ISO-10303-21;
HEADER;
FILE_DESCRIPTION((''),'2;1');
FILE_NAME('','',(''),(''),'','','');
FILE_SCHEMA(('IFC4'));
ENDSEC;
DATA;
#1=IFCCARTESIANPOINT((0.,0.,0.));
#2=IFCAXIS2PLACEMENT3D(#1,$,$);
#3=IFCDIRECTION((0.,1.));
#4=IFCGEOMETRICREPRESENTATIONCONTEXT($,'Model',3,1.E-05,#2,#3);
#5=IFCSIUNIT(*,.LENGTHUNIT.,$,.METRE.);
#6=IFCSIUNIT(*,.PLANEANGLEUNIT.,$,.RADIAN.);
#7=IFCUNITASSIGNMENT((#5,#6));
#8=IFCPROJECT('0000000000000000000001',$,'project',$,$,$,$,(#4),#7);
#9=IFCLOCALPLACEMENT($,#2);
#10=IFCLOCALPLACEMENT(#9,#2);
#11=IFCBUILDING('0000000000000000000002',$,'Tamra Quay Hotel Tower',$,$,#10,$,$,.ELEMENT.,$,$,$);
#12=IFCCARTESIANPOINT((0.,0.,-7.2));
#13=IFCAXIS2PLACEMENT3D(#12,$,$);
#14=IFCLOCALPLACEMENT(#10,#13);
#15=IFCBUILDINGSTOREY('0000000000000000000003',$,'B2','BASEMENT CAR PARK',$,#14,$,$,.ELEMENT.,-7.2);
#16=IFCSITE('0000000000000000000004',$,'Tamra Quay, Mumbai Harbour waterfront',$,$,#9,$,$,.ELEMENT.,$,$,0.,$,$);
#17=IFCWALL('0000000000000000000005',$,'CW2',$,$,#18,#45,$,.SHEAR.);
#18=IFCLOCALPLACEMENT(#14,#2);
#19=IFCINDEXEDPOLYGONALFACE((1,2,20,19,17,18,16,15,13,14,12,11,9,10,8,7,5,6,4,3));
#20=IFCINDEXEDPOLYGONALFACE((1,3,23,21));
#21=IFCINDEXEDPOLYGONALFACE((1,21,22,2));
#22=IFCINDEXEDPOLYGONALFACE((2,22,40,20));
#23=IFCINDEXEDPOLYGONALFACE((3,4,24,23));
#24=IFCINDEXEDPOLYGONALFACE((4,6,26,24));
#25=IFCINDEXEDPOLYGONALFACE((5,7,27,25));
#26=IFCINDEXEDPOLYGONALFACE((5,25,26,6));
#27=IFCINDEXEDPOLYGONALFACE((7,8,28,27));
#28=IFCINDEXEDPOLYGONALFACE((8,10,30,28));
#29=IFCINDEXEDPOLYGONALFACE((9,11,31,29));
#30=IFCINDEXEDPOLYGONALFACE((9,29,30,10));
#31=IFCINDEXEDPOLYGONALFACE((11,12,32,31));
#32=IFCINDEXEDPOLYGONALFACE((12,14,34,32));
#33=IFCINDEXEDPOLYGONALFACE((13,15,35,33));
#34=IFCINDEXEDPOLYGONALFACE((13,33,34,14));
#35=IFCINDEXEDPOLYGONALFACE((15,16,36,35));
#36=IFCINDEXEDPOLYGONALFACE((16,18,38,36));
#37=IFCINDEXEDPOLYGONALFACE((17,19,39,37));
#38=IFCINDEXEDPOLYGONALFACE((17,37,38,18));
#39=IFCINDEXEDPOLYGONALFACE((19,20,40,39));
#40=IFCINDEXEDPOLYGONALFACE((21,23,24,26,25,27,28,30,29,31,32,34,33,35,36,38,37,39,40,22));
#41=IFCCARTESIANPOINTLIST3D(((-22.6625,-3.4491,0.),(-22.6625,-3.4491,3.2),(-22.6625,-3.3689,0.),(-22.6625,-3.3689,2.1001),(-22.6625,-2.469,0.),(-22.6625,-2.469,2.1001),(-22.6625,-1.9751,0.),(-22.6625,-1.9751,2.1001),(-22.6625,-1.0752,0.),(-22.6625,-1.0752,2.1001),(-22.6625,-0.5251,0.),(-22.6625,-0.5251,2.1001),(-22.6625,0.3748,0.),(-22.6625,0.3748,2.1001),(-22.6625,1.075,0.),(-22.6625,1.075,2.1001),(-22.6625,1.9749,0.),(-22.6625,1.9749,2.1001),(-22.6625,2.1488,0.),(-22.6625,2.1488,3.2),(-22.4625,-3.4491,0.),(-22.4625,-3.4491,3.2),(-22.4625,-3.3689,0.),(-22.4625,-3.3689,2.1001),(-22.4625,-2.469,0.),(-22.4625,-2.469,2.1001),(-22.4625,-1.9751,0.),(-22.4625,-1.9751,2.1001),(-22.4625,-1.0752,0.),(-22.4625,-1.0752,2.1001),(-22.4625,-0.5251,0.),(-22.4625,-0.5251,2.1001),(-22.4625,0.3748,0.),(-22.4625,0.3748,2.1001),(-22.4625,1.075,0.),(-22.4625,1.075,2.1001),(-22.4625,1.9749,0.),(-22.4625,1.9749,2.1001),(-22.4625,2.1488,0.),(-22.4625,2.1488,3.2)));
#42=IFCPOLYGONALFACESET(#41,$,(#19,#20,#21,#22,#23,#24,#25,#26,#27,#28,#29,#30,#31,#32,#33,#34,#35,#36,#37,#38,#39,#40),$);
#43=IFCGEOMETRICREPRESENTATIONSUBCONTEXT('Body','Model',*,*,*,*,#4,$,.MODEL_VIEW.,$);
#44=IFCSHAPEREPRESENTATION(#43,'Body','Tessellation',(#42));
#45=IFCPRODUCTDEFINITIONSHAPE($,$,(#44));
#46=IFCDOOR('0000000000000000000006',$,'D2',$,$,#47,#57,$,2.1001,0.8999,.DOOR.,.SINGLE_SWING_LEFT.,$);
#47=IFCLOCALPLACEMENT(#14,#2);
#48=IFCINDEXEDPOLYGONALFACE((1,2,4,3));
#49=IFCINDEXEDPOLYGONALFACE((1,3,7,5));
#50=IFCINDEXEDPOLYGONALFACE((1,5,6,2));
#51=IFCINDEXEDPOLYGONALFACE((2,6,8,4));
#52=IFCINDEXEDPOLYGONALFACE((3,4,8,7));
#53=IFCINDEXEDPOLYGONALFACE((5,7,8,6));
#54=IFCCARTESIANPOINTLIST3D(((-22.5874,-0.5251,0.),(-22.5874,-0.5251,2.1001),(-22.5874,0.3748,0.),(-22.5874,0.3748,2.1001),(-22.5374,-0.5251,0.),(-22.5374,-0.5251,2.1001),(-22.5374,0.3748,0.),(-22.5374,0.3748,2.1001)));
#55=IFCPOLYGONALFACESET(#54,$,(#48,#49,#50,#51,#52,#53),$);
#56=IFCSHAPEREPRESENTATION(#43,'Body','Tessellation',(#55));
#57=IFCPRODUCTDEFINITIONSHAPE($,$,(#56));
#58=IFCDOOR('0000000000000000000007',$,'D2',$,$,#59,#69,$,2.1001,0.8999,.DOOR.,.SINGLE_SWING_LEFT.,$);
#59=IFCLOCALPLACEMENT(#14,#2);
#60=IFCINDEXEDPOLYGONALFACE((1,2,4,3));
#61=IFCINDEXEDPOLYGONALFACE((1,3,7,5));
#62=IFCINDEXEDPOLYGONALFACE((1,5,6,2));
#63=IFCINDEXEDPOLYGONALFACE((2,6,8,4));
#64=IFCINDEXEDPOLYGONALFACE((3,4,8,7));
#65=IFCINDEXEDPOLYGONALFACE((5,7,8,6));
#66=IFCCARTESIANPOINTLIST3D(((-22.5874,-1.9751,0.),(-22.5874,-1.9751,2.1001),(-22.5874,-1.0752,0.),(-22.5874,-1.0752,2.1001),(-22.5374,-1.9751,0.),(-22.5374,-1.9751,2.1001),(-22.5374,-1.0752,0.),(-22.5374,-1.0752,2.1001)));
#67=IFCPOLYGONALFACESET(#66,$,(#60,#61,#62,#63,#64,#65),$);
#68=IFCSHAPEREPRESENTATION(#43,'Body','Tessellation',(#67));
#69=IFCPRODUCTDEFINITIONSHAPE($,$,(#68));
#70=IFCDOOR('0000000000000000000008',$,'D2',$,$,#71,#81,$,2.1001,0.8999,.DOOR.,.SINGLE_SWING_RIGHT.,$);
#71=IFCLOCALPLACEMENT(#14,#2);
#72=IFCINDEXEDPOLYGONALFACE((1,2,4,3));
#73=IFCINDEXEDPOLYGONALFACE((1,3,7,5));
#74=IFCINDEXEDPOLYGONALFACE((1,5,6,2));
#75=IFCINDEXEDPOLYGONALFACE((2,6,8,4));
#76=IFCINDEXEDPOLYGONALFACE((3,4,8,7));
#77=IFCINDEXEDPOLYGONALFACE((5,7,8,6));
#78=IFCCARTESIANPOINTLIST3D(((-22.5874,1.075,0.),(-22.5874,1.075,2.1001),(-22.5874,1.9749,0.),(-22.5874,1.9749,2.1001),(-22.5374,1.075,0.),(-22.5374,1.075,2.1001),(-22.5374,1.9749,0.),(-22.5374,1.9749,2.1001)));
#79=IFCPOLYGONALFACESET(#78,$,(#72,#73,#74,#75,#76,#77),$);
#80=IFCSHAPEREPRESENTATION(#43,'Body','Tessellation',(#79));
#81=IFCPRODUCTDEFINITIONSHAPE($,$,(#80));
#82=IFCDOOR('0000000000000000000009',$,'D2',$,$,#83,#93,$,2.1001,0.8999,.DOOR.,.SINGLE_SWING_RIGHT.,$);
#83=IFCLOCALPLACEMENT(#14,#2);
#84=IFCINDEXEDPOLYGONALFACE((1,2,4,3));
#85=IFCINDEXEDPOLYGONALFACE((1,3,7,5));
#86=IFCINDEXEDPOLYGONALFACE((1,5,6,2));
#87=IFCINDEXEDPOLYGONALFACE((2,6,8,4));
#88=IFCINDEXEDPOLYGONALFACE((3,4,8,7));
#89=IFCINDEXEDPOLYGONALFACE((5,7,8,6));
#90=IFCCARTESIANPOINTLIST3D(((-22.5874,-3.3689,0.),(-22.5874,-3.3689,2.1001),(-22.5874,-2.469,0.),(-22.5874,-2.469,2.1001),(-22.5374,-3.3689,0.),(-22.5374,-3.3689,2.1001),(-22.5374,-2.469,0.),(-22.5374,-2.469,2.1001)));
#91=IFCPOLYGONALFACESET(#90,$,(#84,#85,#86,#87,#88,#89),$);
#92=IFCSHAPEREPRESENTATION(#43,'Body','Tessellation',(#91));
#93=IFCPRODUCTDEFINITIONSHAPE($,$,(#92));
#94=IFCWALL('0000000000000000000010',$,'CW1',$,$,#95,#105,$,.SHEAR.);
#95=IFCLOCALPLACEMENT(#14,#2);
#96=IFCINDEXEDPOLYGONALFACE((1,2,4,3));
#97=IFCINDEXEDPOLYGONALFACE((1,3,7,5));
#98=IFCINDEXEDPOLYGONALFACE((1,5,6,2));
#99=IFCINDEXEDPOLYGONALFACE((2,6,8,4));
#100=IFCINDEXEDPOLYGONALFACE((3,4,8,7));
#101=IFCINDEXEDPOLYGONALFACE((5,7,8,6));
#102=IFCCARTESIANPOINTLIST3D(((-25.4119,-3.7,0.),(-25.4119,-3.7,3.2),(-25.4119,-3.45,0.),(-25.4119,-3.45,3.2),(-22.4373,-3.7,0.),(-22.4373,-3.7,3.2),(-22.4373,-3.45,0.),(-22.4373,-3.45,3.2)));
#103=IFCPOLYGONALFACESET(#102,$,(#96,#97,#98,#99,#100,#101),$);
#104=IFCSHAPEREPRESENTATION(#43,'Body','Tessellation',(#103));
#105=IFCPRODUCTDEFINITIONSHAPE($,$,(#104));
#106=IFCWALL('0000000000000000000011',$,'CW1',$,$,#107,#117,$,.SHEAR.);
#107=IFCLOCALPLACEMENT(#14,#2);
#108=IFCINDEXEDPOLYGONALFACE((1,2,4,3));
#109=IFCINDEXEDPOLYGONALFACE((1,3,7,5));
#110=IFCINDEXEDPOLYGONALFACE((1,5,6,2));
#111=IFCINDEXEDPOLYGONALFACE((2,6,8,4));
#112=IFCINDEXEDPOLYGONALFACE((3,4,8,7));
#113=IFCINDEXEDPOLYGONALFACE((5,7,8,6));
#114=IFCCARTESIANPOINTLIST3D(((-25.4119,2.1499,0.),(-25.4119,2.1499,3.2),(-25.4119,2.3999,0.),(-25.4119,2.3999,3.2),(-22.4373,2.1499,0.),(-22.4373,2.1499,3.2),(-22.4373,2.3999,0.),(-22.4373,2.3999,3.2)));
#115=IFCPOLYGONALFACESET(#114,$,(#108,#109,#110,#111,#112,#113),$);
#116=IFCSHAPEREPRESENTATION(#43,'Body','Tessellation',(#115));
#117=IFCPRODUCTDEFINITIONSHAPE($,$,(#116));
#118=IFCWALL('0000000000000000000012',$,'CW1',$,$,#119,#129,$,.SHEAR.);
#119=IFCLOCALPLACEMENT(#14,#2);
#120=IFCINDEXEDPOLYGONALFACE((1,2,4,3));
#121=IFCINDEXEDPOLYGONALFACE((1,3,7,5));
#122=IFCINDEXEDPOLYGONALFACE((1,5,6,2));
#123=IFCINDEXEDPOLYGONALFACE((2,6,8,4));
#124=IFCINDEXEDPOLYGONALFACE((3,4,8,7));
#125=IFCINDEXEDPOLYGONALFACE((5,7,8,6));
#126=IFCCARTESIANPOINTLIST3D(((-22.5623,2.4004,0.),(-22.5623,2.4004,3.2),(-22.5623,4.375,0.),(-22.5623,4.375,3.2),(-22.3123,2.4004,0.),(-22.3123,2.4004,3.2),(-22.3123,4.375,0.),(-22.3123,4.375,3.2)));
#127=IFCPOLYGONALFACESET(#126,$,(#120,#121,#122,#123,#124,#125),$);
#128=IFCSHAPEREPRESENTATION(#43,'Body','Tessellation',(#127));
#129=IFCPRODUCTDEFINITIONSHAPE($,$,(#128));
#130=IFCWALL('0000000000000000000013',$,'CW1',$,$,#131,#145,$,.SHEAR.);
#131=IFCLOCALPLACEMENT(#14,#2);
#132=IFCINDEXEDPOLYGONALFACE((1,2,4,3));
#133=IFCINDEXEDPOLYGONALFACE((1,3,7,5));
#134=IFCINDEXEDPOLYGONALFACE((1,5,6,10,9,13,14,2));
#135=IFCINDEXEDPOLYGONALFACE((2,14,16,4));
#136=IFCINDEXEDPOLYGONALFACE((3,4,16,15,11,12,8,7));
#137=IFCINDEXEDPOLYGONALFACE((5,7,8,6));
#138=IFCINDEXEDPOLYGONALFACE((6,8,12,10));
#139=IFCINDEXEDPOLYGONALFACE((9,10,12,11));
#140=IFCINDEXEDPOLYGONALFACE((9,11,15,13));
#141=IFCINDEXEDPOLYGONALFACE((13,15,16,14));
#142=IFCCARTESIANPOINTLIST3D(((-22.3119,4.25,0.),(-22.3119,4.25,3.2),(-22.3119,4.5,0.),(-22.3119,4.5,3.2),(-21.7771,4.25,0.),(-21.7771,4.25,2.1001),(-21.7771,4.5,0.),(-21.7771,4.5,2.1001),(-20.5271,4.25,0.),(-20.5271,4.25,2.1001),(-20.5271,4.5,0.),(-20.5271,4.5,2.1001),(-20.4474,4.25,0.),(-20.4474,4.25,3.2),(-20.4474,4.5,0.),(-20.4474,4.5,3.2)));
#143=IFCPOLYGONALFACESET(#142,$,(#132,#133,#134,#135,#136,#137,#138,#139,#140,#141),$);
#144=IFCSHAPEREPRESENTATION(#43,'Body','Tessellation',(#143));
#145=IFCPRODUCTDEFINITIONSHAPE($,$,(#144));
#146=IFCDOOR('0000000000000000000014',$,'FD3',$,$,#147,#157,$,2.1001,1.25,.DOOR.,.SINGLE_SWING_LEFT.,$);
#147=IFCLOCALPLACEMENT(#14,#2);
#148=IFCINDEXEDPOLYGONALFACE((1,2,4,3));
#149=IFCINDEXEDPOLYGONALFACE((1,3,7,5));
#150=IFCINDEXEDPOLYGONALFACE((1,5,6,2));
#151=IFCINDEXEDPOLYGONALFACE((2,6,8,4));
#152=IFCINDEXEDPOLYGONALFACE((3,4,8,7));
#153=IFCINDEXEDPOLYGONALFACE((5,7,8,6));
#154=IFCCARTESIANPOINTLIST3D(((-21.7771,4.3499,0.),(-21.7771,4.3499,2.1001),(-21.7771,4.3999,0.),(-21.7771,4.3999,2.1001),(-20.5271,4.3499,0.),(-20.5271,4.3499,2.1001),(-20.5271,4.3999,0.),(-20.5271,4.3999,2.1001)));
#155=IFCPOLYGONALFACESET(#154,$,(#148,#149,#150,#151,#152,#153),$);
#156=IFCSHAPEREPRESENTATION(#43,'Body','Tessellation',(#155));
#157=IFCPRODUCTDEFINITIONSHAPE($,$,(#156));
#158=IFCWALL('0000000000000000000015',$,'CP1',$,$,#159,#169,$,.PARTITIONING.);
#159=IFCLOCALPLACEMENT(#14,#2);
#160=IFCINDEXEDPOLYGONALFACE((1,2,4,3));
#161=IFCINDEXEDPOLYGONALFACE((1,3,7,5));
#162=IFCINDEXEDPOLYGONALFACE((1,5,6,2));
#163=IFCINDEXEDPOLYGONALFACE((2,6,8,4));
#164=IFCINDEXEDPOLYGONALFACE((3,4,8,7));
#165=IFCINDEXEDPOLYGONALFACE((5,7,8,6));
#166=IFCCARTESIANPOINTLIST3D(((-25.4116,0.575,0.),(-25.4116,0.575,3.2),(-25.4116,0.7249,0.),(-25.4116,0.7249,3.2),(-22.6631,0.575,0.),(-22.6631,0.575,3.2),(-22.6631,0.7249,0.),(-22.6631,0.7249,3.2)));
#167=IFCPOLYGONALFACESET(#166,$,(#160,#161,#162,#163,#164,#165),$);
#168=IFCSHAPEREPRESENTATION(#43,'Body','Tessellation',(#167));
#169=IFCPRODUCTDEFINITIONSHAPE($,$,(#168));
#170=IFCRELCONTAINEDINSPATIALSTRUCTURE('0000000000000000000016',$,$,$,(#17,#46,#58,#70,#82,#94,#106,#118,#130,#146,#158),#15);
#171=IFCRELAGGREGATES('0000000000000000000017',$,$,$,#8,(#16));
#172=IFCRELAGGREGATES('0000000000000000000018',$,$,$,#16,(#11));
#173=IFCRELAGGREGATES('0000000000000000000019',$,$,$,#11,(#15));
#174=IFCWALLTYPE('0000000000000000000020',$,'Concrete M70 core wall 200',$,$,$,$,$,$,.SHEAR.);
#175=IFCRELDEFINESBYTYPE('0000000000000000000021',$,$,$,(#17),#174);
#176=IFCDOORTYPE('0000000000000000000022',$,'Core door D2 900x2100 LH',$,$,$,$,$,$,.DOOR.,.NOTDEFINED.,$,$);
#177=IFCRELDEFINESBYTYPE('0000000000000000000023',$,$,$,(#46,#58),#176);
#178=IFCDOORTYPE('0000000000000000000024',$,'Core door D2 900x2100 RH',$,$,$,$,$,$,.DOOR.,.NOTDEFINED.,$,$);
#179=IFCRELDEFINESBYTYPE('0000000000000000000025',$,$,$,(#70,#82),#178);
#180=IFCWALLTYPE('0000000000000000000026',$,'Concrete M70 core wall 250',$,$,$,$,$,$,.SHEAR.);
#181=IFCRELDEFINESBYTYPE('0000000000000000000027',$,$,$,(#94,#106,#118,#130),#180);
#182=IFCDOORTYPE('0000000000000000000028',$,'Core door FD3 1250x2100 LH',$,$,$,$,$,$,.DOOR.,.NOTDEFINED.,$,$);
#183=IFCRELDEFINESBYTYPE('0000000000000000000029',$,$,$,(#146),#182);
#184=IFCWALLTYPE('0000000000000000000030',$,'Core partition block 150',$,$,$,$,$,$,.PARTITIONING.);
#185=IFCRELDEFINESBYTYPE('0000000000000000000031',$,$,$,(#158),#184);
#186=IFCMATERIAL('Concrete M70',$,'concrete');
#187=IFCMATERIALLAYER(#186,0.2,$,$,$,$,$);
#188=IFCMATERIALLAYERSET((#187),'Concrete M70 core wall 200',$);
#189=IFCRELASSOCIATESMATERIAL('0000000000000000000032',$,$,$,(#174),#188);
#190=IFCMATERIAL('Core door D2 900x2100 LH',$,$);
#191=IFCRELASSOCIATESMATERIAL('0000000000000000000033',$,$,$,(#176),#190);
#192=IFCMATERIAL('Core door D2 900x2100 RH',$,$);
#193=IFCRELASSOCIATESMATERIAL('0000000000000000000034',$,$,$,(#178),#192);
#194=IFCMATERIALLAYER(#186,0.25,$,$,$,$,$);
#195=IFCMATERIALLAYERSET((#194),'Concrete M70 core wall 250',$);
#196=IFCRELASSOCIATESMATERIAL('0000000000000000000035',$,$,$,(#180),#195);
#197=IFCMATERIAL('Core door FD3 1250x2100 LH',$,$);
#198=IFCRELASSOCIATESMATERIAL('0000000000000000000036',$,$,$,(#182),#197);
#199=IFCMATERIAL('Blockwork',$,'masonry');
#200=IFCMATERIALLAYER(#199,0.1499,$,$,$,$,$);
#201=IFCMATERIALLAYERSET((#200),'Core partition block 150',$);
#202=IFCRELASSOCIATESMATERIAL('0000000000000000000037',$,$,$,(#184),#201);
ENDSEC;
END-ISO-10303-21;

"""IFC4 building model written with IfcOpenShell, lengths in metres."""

from ifc_helpers import new_model, si_unit, direction, frame, frame_2d, origin, place, context, subcontext, project, spatial, rectangle, extrude, material, layer, layer_set, type_object, element, fill, save


model = new_model("IFC4")

# Units and contexts
model_context = context("Model", 3, precision=1e-05, world=origin(), true_north=direction((0.0, 1.0)))
body_context = subcontext(model_context, "Body", "Model", "MODEL_VIEW")
ifc_project = project(units=[si_unit("LENGTHUNIT", "METRE"), si_unit("PLANEANGLEUNIT", "RADIAN")], contexts=[model_context])

# Site, building, storey
site_placement = place(None, origin())
site = spatial("IfcSite", under=ifc_project, at=site_placement, Name="Tamra Quay, Mumbai Harbour waterfront", CompositionType="ELEMENT", RefElevation=0.0)
building_placement = place(site_placement, origin())
building = spatial("IfcBuilding", under=site, at=building_placement, Name="Tamra Quay Hotel Tower", CompositionType="ELEMENT")
storey_placement = place(building_placement, frame((0.0, 0.0, -7.2)))
storey = spatial("IfcBuildingStorey", under=building, at=storey_placement, Name="B2", Description="BASEMENT CAR PARK", CompositionType="ELEMENT", Elevation=-7.2)

# Shared definitions
ifc_material_1 = material(Name="Concrete M70", Category="concrete")

# Shared definitions
ifc_material_2 = material(Name="Blockwork", Category="masonry")

# Wall, openings, doors
ifc_layer_1 = layer(ifc_material_1, 0.2)
ifc_layer_set_1 = layer_set([ifc_layer_1], Name="Concrete M70 core wall 200")
wall_type_1 = type_object("IfcWallType", Name="Concrete M70 core wall 200", PredefinedType="SHEAR", material=ifc_layer_set_1)
wall_1_placement = place(storey_placement, frame((-22.5625, -3.449, 0.0), z_axis=(0.0, 0.0, 1.0), x_axis=(0.0, 1.0, 0.0)))
wall_1 = element("IfcWall", 1, at=wall_1_placement, inside=storey, type_object=wall_type_1, Name="CW2", PredefinedType="SHEAR", context=body_context, shape_type="SweptSolid", body=[
    extrude(rectangle(XDim=5.5979, YDim=0.2, at=frame_2d((2.7988, 0.0))), origin(), (0.0, 0.0, 1.0), 3.2),
])
opening_1_placement = place(wall_1_placement, frame((4.5239, 0.0, 0.0)))
opening_1 = element("IfcOpeningElement", 2, at=opening_1_placement, cuts=wall_1, PredefinedType="OPENING", context=body_context, shape_type="SweptSolid", body=[
    extrude(rectangle(XDim=0.8999, YDim=2.1001, at=frame_2d((0.45, 1.05))), frame((0.0, 0.1099, 0.0), z_axis=(0.0, -1.0, 0.0), x_axis=(1.0, 0.0, 0.0)), (0.0, 0.0, 1.0), 0.22),
])
opening_2_placement = place(wall_1_placement, frame((2.9238, 0.0, 0.0)))
opening_2 = element("IfcOpeningElement", 3, at=opening_2_placement, cuts=wall_1, PredefinedType="OPENING", context=body_context, shape_type="SweptSolid", body=[
    extrude(rectangle(XDim=0.8999, YDim=2.1001, at=frame_2d((0.45, 1.05))), frame((0.0, 0.1099, 0.0), z_axis=(0.0, -1.0, 0.0), x_axis=(1.0, 0.0, 0.0)), (0.0, 0.0, 1.0), 0.22),
])
opening_3_placement = place(wall_1_placement, frame((1.4739, 0.0, 0.0)))
opening_3 = element("IfcOpeningElement", 4, at=opening_3_placement, cuts=wall_1, PredefinedType="OPENING", context=body_context, shape_type="SweptSolid", body=[
    extrude(rectangle(XDim=0.8999, YDim=2.1001, at=frame_2d((0.45, 1.05))), frame((0.0, 0.1099, 0.0), z_axis=(0.0, -1.0, 0.0), x_axis=(1.0, 0.0, 0.0)), (0.0, 0.0, 1.0), 0.22),
])
opening_4_placement = place(wall_1_placement, frame((0.0801, 0.0, 0.0)))
opening_4 = element("IfcOpeningElement", 5, at=opening_4_placement, cuts=wall_1, PredefinedType="OPENING", context=body_context, shape_type="SweptSolid", body=[
    extrude(rectangle(XDim=0.8999, YDim=2.1001, at=frame_2d((0.45, 1.05))), frame((0.0, 0.1099, 0.0), z_axis=(0.0, -1.0, 0.0), x_axis=(1.0, 0.0, 0.0)), (0.0, 0.0, 1.0), 0.22),
])
ifc_material_3 = material(Name="Core door D2 900x2100 LH")
door_type_1 = type_object("IfcDoorType", Name="Core door D2 900x2100 LH", OperationType="NOTDEFINED", PredefinedType="DOOR", material=ifc_material_3)
door_1_placement = place(opening_2_placement, origin())
door_1 = element("IfcDoor", 6, at=door_1_placement, inside=storey, type_object=door_type_1, Name="D2", OperationType="SINGLE_SWING_LEFT", OverallHeight=2.1001, OverallWidth=0.8999, PredefinedType="DOOR", context=body_context, shape_type="SweptSolid", body=[
    extrude(rectangle(XDim=0.8999, YDim=2.1001, at=frame_2d((0.45, 1.05))), frame((0.0, 0.0249, 0.0), z_axis=(0.0, -1.0, 0.0), x_axis=(1.0, 0.0, 0.0)), (0.0, 0.0, 1.0), 0.05),
])
fill(opening_2, door_1)
door_2_placement = place(opening_3_placement, origin())
door_2 = element("IfcDoor", 7, at=door_2_placement, inside=storey, type_object=door_type_1, Name="D2", OperationType="SINGLE_SWING_LEFT", OverallHeight=2.1001, OverallWidth=0.8999, PredefinedType="DOOR", context=body_context, shape_type="SweptSolid", body=[
    extrude(rectangle(XDim=0.8999, YDim=2.1001, at=frame_2d((0.45, 1.05))), frame((0.0, 0.0249, 0.0), z_axis=(0.0, -1.0, 0.0), x_axis=(1.0, 0.0, 0.0)), (0.0, 0.0, 1.0), 0.05),
])
fill(opening_3, door_2)
ifc_material_4 = material(Name="Core door D2 900x2100 RH")
door_type_2 = type_object("IfcDoorType", Name="Core door D2 900x2100 RH", OperationType="NOTDEFINED", PredefinedType="DOOR", material=ifc_material_4)
door_3_placement = place(opening_1_placement, origin())
door_3 = element("IfcDoor", 8, at=door_3_placement, inside=storey, type_object=door_type_2, Name="D2", OperationType="SINGLE_SWING_RIGHT", OverallHeight=2.1001, OverallWidth=0.8999, PredefinedType="DOOR", context=body_context, shape_type="SweptSolid", body=[
    extrude(rectangle(XDim=0.8999, YDim=2.1001, at=frame_2d((0.45, 1.05))), frame((0.0, 0.0249, 0.0), z_axis=(0.0, -1.0, 0.0), x_axis=(1.0, 0.0, 0.0)), (0.0, 0.0, 1.0), 0.05),
])
fill(opening_1, door_3)
door_4_placement = place(opening_4_placement, origin())
door_4 = element("IfcDoor", 9, at=door_4_placement, inside=storey, type_object=door_type_2, Name="D2", OperationType="SINGLE_SWING_RIGHT", OverallHeight=2.1001, OverallWidth=0.8999, PredefinedType="DOOR", context=body_context, shape_type="SweptSolid", body=[
    extrude(rectangle(XDim=0.8999, YDim=2.1001, at=frame_2d((0.45, 1.05))), frame((0.0, 0.0249, 0.0), z_axis=(0.0, -1.0, 0.0), x_axis=(1.0, 0.0, 0.0)), (0.0, 0.0, 1.0), 0.05),
])
fill(opening_4, door_4)

# Walls
ifc_layer_2 = layer(ifc_material_1, 0.25)
ifc_layer_set_2 = layer_set([ifc_layer_2], Name="Concrete M70 core wall 250")
wall_type_2 = type_object("IfcWallType", Name="Concrete M70 core wall 250", PredefinedType="SHEAR", material=ifc_layer_set_2)
for number, where, z_axis, x_axis, name in (
    (10, (-22.4373, -3.575, 0.0), (0.0, 0.0, 1.0), (-1.0, 0.0, 0.0), "CW1"),
    (11, (-25.4119, 2.2749, 0.0), (0.0, 0.0, 1.0), (1.0, 0.0, 0.0), "CW1"),
):
    element("IfcWall", number, at=place(storey_placement, frame(where, z_axis=z_axis, x_axis=x_axis)), inside=storey, type_object=wall_type_2, Name=name, PredefinedType="SHEAR", context=body_context, shape_type="SweptSolid", body=[
        extrude(rectangle(XDim=2.9746, YDim=0.25, at=frame_2d((1.4873, 0.0))), origin(), (0.0, 0.0, 1.0), 3.2),
    ])
wall_2_placement = place(storey_placement, frame((-22.4373, 2.4004, 0.0), z_axis=(0.0, 0.0, 1.0), x_axis=(0.0, 1.0, 0.0)))
element("IfcWall", 12, at=wall_2_placement, inside=storey, type_object=wall_type_2, Name="CW1", PredefinedType="SHEAR", context=body_context, shape_type="SweptSolid", body=[
    extrude(rectangle(XDim=1.9746, YDim=0.25, at=frame_2d((0.9873, 0.0))), origin(), (0.0, 0.0, 1.0), 3.2),
])

# Wall, opening, door
wall_3_placement = place(storey_placement, frame((-22.3118, 4.375, 0.0), z_axis=(0.0, 0.0, 1.0), x_axis=(1.0, 0.0, 0.0)))
wall_3 = element("IfcWall", 13, at=wall_3_placement, inside=storey, type_object=wall_type_2, Name="CW1", PredefinedType="SHEAR", context=body_context, shape_type="SweptSolid", body=[
    extrude(rectangle(XDim=1.8645, YDim=0.25, at=frame_2d((0.9321, 0.0))), origin(), (0.0, 0.0, 1.0), 3.2),
])
opening_5_placement = place(wall_3_placement, frame((0.5347, 0.0, 0.0)))
opening_5 = element("IfcOpeningElement", 14, at=opening_5_placement, cuts=wall_3, PredefinedType="OPENING", context=body_context, shape_type="SweptSolid", body=[
    extrude(rectangle(XDim=1.25, YDim=2.1001, at=frame_2d((0.625, 1.05))), frame((0.0, 0.135, 0.0), z_axis=(0.0, -1.0, 0.0), x_axis=(1.0, 0.0, 0.0)), (0.0, 0.0, 1.0), 0.27),
])
ifc_material_5 = material(Name="Core door FD3 1250x2100 LH")
door_type_3 = type_object("IfcDoorType", Name="Core door FD3 1250x2100 LH", OperationType="NOTDEFINED", PredefinedType="DOOR", material=ifc_material_5)
door_5_placement = place(opening_5_placement, origin())
door_5 = element("IfcDoor", 15, at=door_5_placement, inside=storey, type_object=door_type_3, Name="FD3", OperationType="SINGLE_SWING_LEFT", OverallHeight=2.1001, OverallWidth=1.25, PredefinedType="DOOR", context=body_context, shape_type="SweptSolid", body=[
    extrude(rectangle(XDim=1.25, YDim=2.1001, at=frame_2d((0.625, 1.05))), frame((0.0, 0.0249, 0.0), z_axis=(0.0, -1.0, 0.0), x_axis=(1.0, 0.0, 0.0)), (0.0, 0.0, 1.0), 0.05),
])
fill(opening_5, door_5)

# Wall
ifc_layer_3 = layer(ifc_material_2, 0.1499)
ifc_layer_set_3 = layer_set([ifc_layer_3], Name="Core partition block 150")
wall_type_3 = type_object("IfcWallType", Name="Core partition block 150", PredefinedType="PARTITIONING", material=ifc_layer_set_3)
for number, where, z_axis, x_axis, name in (
    (16, (-22.6631, 0.6499, 0.0), (0.0, 0.0, 1.0), (-1.0, 0.0, 0.0), "CP1"),
):
    element("IfcWall", number, at=place(storey_placement, frame(where, z_axis=z_axis, x_axis=x_axis)), inside=storey, type_object=wall_type_3, Name=name, PredefinedType="PARTITIONING", context=body_context, shape_type="SweptSolid", body=[
        extrude(rectangle(XDim=2.7485, YDim=0.1499, at=frame_2d((1.3743, 0.0))), origin(), (0.0, 0.0, 1.0), 3.2),
    ])

save(model, "model.ifc")
